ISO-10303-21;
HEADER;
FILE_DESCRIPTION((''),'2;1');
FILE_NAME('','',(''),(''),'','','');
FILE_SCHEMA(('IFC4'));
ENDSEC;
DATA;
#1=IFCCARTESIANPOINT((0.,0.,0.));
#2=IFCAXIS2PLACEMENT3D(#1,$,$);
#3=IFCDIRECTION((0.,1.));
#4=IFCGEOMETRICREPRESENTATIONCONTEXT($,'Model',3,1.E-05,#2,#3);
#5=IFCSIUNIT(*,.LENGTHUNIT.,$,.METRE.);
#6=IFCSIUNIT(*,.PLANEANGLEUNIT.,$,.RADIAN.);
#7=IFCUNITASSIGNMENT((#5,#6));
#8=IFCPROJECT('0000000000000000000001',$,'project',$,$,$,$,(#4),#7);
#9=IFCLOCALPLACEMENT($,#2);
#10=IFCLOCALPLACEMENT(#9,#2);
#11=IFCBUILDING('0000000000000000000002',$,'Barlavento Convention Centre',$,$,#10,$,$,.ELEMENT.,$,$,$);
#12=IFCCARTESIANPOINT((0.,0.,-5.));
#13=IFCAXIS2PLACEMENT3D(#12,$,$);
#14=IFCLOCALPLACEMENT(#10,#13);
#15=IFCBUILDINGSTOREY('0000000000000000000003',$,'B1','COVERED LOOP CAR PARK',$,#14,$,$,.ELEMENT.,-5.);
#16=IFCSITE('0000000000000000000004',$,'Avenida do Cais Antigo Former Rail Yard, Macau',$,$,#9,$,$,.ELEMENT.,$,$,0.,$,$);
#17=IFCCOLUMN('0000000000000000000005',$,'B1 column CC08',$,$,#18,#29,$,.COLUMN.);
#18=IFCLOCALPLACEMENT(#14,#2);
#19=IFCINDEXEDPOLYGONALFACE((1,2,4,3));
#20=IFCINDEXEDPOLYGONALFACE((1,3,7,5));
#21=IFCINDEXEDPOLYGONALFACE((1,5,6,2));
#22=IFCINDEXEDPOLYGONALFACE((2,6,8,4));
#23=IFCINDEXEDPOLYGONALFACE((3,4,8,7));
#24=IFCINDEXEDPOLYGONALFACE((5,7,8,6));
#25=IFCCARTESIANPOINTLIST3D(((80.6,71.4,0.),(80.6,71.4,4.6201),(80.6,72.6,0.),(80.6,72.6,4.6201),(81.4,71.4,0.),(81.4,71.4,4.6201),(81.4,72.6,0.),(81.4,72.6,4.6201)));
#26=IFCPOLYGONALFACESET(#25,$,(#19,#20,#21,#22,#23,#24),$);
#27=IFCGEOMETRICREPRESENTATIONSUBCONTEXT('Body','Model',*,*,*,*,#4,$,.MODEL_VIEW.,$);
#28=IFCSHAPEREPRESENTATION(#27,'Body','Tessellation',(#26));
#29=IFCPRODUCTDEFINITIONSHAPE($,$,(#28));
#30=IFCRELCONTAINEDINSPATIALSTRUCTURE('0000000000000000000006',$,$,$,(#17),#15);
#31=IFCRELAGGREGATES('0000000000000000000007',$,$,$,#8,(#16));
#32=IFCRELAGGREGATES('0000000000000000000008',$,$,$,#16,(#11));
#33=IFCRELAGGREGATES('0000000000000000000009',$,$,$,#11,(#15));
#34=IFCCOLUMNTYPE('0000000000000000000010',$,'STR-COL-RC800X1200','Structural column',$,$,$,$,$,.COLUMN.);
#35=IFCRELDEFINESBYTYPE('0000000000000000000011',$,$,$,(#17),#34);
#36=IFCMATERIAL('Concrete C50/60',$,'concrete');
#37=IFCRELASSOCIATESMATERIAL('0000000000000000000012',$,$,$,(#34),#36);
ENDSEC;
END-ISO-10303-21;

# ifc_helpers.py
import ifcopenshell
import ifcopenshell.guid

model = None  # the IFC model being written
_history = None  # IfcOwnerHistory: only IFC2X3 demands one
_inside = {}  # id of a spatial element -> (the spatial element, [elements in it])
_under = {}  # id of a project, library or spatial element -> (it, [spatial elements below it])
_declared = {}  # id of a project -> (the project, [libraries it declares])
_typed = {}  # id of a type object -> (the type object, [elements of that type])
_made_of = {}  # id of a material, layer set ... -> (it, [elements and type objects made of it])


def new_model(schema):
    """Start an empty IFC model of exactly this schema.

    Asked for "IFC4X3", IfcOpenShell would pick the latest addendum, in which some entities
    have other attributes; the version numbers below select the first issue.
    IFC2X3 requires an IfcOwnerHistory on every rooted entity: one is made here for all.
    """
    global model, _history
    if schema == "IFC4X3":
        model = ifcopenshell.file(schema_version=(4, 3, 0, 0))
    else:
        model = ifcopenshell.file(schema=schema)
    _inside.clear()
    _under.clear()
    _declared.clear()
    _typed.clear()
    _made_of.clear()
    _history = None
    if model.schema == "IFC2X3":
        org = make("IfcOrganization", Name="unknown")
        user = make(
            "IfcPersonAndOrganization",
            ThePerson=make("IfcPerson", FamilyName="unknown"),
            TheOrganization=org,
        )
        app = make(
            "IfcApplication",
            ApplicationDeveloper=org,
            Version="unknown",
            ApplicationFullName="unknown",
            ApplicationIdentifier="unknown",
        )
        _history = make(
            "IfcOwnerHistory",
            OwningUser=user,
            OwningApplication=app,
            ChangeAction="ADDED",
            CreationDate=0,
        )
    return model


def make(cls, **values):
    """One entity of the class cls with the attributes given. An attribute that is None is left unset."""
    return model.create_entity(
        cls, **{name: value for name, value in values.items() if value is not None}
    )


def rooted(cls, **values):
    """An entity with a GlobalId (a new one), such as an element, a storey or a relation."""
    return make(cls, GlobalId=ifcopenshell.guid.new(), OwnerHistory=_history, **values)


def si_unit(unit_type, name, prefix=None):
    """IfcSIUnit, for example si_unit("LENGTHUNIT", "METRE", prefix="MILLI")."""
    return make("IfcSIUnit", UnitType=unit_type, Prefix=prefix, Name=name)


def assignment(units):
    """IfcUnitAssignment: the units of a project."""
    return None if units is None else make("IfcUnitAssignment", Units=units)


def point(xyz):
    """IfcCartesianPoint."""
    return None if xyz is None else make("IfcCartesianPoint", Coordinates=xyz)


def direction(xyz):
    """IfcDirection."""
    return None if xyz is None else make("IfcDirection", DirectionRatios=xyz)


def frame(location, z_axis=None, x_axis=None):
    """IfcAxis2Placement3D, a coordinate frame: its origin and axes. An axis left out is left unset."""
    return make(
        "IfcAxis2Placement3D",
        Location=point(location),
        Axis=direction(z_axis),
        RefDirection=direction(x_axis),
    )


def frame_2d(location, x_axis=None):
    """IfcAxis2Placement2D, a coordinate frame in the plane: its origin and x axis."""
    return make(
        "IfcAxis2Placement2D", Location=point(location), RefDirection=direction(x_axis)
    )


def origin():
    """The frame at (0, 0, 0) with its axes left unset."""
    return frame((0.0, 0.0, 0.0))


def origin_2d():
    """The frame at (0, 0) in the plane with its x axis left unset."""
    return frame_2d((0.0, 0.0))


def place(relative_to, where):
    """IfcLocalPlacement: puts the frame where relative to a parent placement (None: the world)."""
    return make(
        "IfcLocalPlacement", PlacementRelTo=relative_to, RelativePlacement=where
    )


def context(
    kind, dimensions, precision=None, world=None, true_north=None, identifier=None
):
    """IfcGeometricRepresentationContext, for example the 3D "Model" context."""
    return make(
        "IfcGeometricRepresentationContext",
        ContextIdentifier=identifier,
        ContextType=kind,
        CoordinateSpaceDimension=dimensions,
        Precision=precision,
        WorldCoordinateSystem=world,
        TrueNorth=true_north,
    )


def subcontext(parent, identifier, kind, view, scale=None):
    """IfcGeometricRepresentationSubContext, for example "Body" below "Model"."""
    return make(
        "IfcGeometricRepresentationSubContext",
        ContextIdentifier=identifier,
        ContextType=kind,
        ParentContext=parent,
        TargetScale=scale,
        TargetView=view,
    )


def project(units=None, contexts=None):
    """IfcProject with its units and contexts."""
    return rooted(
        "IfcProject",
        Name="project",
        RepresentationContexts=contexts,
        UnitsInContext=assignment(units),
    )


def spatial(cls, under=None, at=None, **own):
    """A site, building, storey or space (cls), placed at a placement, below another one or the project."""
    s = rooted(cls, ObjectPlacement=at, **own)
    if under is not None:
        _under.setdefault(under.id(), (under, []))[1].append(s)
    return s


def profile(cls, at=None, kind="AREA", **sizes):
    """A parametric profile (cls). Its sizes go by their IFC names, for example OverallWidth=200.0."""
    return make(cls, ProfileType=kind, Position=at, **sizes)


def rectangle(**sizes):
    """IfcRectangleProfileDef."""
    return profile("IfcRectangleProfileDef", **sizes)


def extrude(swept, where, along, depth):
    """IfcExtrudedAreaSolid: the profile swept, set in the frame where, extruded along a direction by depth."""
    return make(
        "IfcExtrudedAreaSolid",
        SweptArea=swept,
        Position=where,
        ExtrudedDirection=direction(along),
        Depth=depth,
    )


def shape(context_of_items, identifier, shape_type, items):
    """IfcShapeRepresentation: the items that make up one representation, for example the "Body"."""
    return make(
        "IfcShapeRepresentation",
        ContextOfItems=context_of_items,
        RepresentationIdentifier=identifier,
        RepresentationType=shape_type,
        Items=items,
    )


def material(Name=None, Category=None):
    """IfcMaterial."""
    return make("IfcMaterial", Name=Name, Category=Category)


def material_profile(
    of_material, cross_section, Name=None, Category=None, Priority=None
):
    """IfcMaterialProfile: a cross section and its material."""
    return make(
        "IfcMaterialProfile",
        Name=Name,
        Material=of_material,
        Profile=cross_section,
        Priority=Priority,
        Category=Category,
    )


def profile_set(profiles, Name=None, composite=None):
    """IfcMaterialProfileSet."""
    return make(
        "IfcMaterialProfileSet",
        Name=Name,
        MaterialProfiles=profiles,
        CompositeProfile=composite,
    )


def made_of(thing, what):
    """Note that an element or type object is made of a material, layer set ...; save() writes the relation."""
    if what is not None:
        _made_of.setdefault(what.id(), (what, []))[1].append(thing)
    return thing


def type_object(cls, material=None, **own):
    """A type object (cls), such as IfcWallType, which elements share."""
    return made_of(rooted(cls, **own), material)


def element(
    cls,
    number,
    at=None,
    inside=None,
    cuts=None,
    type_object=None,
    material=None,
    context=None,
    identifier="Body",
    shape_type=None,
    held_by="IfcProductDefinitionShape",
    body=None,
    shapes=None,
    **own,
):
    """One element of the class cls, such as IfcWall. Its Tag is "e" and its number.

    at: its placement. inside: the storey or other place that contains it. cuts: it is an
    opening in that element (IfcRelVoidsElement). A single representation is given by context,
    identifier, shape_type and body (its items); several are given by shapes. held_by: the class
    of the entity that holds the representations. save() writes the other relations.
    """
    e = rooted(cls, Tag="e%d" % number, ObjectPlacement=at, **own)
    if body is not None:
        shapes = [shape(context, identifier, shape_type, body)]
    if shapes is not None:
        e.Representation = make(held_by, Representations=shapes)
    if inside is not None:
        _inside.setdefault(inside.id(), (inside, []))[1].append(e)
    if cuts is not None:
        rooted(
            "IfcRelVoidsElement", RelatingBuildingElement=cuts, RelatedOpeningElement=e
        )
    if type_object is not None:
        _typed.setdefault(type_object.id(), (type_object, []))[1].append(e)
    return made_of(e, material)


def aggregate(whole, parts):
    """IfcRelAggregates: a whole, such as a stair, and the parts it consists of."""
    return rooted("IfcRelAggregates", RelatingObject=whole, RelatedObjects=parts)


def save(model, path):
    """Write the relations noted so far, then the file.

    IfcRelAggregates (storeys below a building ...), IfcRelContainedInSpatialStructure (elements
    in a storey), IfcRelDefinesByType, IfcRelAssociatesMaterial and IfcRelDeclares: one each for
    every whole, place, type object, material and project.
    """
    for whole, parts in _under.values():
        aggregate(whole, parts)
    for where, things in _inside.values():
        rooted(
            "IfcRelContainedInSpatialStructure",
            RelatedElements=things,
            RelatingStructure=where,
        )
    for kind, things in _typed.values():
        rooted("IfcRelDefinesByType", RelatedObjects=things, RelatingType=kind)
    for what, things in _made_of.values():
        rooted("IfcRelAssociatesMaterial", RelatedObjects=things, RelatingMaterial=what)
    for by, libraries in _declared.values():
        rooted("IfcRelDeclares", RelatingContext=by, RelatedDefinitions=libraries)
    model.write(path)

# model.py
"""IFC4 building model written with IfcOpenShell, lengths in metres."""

from ifc_helpers import new_model, si_unit, direction, frame, origin, origin_2d, place, context, subcontext, project, spatial, rectangle, extrude, material, material_profile, profile_set, type_object, element, save


model = new_model("IFC4")

# Units and contexts
model_context = context("Model", 3, precision=1e-05, world=origin(), true_north=direction((0.0, 1.0)))
body_context = subcontext(model_context, "Body", "Model", "MODEL_VIEW")
ifc_project = project(units=[si_unit("LENGTHUNIT", "METRE"), si_unit("PLANEANGLEUNIT", "RADIAN")], contexts=[model_context])

# Site, building, storey
site_placement = place(None, origin())
site = spatial("IfcSite", under=ifc_project, at=site_placement, Name="Avenida do Cais Antigo Former Rail Yard, Macau", CompositionType="ELEMENT", RefElevation=0.0)
building_placement = place(site_placement, origin())
building = spatial("IfcBuilding", under=site, at=building_placement, Name="Barlavento Convention Centre", CompositionType="ELEMENT")
storey_placement = place(building_placement, frame((0.0, 0.0, -5.0)))
storey = spatial("IfcBuildingStorey", under=building, at=storey_placement, Name="B1", Description="COVERED LOOP CAR PARK", CompositionType="ELEMENT", Elevation=-5.0)

# Column
ifc_material_1 = material(Name="Concrete C50/60", Category="concrete")
ifc_material_profile_1 = material_profile(ifc_material_1, rectangle(XDim=0.8, YDim=1.2, at=origin_2d()), Name="RC 800x1200")
ifc_profile_set_1 = profile_set([ifc_material_profile_1], Name="Concrete C50/60")
column_type_1 = type_object("IfcColumnType", Name="STR-COL-RC800X1200", Description="Structural column", PredefinedType="COLUMN", material=ifc_profile_set_1)
for number, where, z_axis, x_axis, name in (
    (1, (81.0, 72.0, 0.0), (0.0, 0.0, 1.0), (1.0, 0.0, 0.0), "B1 column CC08"),
):
    element("IfcColumn", number, at=place(storey_placement, frame(where, z_axis=z_axis, x_axis=x_axis)), inside=storey, type_object=column_type_1, Name=name, PredefinedType="COLUMN", context=body_context, shape_type="SweptSolid", body=[
        extrude(rectangle(XDim=0.8, YDim=1.2, at=origin_2d()), origin(), (0.0, 0.0, 1.0), 4.6201),
    ])

save(model, "model.ifc")
